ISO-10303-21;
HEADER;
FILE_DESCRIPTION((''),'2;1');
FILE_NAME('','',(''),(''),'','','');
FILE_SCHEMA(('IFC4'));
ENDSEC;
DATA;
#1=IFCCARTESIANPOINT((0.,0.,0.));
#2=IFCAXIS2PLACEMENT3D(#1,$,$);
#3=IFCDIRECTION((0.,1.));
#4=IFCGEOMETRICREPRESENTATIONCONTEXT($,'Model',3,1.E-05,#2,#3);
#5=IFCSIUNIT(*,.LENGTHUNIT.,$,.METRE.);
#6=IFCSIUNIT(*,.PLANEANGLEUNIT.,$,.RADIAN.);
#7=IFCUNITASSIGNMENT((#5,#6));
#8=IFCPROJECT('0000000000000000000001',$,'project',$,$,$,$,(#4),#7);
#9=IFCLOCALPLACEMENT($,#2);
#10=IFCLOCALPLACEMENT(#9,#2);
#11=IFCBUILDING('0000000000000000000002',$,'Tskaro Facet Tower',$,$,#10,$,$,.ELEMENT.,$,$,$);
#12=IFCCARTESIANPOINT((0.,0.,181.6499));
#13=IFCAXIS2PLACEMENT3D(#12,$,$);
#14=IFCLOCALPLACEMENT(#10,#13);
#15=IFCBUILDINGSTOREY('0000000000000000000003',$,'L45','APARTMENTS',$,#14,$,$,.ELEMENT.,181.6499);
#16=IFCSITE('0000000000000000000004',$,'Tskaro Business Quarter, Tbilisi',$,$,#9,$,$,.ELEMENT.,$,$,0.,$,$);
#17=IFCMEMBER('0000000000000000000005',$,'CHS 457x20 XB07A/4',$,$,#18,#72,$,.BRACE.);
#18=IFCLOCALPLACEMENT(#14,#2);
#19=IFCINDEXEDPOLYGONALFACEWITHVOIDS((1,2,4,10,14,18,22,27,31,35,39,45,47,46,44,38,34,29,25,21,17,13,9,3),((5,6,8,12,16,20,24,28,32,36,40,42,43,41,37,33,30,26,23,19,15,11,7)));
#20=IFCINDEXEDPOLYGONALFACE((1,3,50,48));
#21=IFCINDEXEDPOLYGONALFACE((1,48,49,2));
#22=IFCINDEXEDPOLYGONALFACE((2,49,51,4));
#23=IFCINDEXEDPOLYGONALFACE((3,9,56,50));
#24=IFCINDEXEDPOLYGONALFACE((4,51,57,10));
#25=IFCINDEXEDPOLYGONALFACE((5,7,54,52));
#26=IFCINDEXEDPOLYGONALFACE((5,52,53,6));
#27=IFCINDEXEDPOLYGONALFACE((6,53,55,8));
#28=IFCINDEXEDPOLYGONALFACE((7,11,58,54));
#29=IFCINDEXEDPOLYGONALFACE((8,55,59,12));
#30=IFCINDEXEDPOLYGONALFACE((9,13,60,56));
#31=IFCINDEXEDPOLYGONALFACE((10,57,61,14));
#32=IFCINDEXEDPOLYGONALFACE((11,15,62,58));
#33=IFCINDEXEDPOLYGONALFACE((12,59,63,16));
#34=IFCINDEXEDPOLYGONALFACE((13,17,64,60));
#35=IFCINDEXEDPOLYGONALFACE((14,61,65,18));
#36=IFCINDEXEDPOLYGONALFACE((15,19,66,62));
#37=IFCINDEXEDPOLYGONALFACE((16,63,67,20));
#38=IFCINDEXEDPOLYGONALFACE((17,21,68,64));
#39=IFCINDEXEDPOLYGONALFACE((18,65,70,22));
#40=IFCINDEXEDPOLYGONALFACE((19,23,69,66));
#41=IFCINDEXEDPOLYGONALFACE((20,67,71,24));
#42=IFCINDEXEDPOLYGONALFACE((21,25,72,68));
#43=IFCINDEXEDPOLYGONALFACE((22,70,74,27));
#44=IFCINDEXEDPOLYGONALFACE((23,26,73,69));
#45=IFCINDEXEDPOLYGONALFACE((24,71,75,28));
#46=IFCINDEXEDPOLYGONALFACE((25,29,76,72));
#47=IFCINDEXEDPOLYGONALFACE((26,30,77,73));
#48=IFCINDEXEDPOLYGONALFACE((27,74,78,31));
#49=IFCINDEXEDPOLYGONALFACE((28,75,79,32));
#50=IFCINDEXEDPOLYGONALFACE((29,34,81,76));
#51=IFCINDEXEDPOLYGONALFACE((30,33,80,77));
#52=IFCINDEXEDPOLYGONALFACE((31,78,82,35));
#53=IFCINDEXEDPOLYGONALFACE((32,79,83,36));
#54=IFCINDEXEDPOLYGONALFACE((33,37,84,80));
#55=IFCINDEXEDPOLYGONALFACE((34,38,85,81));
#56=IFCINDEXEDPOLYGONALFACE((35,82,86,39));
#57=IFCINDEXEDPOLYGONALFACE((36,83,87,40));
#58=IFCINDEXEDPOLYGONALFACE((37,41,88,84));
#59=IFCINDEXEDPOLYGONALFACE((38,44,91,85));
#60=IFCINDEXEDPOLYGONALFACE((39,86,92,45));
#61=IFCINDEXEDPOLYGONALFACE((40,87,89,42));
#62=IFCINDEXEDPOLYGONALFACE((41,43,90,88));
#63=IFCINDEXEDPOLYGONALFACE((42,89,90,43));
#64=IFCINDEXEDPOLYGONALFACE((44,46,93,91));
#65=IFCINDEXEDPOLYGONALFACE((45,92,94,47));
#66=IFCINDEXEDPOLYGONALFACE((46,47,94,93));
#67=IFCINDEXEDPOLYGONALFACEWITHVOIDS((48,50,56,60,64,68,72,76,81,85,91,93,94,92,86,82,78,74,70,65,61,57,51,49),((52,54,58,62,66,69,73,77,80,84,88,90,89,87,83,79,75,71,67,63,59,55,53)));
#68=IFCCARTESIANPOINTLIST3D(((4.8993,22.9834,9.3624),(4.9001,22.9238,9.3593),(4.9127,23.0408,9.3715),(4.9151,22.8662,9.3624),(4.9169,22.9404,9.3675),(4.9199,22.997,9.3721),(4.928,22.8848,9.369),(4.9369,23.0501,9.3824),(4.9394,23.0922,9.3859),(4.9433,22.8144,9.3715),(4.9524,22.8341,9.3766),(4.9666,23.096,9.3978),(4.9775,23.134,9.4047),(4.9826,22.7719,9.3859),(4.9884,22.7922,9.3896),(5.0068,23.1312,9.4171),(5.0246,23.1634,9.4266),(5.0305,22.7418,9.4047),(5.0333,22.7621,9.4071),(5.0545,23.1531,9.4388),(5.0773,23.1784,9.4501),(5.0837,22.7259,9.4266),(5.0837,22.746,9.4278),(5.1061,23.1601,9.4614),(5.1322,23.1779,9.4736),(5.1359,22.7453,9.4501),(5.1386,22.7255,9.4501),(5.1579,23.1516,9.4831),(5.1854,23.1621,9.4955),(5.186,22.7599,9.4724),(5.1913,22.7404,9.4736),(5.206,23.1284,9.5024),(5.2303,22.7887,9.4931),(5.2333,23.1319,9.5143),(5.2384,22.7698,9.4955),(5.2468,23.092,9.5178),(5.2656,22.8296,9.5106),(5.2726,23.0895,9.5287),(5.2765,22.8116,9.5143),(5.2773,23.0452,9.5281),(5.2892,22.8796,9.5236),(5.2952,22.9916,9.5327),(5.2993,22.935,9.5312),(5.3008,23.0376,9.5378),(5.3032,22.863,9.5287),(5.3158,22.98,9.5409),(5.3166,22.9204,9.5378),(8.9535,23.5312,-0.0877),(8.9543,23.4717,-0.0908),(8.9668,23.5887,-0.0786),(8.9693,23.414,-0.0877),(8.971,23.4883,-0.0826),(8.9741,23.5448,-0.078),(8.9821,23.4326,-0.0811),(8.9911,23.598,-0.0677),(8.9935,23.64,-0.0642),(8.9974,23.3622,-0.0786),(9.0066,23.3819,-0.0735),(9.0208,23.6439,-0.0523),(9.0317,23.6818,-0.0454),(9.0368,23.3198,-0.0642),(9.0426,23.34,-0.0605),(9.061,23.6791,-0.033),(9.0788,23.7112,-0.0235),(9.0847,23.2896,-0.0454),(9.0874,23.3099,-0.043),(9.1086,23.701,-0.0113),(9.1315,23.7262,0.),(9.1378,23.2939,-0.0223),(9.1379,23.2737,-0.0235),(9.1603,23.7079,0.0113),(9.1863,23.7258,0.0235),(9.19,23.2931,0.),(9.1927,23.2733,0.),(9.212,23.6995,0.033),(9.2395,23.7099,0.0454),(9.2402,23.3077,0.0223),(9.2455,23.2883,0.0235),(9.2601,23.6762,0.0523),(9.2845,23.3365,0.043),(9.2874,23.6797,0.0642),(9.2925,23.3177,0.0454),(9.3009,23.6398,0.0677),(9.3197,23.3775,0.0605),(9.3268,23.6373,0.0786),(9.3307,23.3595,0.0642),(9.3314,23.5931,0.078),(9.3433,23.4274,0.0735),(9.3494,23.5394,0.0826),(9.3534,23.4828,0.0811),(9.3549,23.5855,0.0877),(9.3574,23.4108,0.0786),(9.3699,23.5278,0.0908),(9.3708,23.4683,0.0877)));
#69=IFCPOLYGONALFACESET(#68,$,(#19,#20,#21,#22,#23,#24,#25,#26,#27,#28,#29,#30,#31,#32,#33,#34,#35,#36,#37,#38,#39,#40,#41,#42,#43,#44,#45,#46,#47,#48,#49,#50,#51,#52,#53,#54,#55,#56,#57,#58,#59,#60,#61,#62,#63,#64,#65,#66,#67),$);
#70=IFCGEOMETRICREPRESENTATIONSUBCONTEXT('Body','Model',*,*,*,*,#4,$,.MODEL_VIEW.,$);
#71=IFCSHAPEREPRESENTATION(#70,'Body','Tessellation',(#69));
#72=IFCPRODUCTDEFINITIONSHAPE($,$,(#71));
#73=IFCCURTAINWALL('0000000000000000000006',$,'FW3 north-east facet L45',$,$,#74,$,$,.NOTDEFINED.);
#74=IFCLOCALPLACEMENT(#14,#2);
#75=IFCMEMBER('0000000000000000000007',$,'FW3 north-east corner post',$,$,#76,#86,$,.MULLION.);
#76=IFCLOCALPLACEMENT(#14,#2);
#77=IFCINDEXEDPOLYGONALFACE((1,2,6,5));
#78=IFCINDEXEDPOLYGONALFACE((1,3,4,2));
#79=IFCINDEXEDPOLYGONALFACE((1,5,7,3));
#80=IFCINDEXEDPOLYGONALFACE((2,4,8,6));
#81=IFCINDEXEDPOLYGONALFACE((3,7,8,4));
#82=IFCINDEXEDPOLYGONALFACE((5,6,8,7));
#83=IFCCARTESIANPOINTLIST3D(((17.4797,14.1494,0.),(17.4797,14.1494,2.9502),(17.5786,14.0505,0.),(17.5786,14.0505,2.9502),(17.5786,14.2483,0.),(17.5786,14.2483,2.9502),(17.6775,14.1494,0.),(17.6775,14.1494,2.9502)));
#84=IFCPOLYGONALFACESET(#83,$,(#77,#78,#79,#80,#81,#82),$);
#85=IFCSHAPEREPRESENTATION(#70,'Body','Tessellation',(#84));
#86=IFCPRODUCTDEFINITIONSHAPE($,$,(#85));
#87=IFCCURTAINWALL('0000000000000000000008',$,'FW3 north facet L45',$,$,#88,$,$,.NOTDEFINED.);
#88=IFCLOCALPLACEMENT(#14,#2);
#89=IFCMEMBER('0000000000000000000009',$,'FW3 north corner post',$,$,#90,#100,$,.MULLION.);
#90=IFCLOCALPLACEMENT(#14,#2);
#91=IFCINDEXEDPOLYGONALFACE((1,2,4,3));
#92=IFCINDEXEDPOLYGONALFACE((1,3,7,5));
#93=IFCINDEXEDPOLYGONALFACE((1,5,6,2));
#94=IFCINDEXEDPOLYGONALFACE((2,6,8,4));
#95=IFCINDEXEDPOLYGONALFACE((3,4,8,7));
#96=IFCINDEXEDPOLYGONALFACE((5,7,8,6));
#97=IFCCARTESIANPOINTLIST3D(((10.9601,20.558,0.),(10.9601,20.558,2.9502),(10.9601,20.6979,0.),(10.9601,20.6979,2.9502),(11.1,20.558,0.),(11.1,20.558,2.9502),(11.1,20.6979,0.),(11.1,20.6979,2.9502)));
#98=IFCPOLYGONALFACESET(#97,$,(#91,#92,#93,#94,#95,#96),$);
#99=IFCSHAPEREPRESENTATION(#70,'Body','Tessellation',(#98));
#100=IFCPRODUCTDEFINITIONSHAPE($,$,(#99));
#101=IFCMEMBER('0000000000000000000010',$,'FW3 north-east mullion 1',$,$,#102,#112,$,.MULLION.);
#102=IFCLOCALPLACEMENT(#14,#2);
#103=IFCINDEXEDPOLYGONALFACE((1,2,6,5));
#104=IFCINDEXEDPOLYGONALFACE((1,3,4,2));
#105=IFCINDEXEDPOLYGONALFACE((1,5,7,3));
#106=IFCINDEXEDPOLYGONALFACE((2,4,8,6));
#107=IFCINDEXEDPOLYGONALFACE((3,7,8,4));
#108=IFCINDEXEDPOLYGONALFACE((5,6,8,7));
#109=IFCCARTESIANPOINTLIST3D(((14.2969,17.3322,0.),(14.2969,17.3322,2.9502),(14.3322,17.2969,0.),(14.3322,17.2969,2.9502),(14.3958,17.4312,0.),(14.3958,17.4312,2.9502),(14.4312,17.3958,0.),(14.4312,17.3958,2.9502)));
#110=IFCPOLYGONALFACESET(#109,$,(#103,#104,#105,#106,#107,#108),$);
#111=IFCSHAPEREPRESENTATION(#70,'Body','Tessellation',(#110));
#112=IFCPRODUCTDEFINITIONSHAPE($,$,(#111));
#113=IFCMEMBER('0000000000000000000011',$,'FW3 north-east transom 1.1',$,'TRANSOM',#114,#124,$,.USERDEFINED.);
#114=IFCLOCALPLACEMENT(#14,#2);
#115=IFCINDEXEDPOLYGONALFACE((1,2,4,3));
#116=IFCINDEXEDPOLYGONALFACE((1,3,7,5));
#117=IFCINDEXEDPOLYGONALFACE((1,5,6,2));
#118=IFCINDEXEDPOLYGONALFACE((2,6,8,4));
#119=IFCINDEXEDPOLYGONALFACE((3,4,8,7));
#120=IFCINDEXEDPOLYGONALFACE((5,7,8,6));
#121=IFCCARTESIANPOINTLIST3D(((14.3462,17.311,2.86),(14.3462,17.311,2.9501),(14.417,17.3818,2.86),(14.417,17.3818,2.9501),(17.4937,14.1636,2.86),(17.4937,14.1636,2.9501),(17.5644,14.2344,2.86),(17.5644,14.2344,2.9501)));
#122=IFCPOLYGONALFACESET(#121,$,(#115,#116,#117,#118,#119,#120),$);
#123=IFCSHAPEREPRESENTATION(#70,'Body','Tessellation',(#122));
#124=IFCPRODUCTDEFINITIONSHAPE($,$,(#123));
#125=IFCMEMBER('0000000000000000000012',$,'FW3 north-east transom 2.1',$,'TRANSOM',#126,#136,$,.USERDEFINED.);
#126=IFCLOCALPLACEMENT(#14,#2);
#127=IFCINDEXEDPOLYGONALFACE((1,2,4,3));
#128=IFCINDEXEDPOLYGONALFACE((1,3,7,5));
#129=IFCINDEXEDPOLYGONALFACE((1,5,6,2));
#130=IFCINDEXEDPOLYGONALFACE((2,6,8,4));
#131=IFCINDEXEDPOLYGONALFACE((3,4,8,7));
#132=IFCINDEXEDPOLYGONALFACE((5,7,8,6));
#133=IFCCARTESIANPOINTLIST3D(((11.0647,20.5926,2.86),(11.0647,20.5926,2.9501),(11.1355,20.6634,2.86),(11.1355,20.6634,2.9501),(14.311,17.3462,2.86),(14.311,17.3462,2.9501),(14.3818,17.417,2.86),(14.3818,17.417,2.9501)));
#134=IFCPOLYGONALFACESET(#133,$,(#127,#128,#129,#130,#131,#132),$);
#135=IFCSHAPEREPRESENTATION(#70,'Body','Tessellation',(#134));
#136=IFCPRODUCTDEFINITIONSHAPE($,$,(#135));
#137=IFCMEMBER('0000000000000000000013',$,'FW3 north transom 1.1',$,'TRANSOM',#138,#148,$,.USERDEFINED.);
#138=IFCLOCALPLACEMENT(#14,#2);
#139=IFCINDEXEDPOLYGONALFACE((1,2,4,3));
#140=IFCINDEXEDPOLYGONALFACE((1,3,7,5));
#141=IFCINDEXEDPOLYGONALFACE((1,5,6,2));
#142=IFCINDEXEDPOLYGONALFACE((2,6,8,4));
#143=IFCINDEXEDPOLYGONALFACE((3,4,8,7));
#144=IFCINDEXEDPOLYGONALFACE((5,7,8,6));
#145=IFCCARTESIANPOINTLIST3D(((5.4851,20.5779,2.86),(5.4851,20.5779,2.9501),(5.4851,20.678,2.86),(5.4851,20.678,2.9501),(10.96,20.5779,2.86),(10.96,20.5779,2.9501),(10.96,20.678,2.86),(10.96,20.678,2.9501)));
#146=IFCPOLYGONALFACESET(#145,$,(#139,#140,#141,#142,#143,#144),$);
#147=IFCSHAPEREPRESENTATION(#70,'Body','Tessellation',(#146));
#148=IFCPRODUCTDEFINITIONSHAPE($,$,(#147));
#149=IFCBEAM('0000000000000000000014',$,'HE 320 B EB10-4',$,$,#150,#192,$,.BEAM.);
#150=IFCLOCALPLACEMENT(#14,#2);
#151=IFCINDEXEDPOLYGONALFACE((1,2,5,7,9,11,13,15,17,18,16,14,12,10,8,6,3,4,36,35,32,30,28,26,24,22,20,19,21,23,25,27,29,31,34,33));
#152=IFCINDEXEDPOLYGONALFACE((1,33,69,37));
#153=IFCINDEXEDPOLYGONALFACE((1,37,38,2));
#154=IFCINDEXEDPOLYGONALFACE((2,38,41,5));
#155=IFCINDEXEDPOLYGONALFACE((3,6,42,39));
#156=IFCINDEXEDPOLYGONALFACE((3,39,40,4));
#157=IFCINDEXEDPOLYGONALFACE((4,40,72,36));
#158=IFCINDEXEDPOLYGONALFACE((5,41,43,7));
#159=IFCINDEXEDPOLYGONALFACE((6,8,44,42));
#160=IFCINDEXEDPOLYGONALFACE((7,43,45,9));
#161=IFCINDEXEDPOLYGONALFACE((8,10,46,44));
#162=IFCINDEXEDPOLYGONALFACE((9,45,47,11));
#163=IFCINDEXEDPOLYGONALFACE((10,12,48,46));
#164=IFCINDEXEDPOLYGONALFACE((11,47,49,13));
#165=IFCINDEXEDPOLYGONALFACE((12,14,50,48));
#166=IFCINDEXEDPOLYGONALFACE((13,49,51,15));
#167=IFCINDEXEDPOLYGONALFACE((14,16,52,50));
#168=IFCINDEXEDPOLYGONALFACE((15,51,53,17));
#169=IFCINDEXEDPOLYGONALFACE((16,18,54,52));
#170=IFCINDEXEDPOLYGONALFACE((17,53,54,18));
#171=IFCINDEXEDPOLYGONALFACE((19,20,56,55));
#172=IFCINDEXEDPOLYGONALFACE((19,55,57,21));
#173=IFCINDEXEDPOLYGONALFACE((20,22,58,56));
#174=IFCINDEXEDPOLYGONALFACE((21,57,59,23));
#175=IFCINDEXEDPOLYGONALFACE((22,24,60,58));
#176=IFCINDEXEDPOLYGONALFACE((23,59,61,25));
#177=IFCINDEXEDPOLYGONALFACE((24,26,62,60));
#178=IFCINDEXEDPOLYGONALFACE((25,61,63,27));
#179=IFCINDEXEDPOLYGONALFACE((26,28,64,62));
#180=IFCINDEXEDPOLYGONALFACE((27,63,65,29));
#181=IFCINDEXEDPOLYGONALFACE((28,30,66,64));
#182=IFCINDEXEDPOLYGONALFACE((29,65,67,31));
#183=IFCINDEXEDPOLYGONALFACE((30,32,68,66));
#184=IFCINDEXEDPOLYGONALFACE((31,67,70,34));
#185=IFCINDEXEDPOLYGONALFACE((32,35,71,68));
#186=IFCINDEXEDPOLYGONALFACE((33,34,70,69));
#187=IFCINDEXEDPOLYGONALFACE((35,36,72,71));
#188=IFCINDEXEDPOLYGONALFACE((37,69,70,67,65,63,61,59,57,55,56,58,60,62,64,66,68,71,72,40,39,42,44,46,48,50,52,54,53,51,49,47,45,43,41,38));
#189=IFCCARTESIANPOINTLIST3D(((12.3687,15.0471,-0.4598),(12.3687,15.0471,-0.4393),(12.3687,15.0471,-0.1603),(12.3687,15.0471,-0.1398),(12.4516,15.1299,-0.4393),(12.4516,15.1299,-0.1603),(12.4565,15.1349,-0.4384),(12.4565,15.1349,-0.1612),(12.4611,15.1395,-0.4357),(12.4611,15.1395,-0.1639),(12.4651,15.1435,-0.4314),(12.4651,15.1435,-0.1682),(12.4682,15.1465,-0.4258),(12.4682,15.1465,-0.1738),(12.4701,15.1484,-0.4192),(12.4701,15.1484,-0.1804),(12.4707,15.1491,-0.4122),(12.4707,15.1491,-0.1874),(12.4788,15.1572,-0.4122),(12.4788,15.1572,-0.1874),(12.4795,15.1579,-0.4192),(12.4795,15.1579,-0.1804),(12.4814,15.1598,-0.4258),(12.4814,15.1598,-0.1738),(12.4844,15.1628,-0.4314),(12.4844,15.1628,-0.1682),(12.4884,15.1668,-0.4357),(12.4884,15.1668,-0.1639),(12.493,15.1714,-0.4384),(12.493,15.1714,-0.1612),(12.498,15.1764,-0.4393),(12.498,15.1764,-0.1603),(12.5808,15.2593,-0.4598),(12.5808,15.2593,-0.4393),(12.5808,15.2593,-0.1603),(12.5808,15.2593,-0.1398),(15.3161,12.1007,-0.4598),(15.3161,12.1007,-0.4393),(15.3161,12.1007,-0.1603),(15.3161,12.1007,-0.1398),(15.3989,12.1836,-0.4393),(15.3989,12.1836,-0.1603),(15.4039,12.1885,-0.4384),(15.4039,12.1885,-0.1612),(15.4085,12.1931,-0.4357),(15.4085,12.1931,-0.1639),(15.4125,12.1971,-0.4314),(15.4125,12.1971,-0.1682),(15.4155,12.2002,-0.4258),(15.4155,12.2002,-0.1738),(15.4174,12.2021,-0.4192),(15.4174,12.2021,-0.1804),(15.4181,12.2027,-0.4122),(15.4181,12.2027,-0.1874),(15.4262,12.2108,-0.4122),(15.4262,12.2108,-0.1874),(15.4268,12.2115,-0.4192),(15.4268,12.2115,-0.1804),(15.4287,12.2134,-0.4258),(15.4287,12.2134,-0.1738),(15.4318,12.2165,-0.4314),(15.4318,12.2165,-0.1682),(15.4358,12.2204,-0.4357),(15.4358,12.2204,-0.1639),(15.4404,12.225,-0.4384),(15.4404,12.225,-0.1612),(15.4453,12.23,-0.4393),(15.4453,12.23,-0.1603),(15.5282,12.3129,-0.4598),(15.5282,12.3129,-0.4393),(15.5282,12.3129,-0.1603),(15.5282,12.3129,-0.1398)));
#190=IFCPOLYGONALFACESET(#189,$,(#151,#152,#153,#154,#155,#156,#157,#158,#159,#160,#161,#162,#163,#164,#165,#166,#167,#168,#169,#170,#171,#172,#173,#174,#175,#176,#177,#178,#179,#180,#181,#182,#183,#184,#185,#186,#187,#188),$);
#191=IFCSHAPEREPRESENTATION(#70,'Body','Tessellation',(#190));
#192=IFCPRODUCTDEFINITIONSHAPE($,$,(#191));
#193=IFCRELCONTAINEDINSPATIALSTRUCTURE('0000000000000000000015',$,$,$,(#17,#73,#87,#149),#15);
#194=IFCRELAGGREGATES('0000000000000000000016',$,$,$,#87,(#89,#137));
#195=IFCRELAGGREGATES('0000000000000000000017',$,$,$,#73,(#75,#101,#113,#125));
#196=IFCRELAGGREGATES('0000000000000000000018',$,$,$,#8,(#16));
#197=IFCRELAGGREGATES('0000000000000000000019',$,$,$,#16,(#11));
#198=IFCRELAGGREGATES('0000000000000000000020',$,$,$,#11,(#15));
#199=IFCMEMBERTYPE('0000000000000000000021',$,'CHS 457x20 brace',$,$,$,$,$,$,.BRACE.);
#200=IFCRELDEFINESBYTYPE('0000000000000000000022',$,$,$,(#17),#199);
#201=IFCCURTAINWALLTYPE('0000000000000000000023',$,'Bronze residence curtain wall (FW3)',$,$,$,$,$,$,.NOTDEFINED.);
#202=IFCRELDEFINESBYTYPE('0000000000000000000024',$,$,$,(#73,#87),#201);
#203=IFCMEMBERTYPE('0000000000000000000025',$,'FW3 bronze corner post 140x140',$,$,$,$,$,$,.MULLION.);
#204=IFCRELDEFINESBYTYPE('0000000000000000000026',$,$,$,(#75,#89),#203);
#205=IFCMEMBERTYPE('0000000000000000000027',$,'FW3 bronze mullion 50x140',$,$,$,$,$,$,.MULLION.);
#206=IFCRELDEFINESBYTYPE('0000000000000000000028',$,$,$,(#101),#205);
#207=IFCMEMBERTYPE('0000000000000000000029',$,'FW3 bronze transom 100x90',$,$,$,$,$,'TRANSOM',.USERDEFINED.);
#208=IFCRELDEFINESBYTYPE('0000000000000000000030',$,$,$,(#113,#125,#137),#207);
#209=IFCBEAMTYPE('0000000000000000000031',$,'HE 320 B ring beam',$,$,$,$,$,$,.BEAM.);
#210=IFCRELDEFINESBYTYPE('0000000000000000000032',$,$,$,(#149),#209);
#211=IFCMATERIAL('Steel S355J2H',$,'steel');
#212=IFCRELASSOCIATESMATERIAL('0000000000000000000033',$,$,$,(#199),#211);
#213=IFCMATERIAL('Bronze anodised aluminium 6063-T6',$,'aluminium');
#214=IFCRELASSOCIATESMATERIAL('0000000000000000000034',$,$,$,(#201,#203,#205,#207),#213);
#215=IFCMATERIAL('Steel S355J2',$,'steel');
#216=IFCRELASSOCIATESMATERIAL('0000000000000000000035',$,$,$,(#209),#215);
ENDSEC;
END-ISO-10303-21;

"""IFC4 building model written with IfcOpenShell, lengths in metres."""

from ifc_helpers import new_model, si_unit, direction, frame, origin, origin_2d, place, context, subcontext, project, spatial, rectangle, hollow_circle, i_section, extrude, material, material_profile, profile_set, type_object, element, aggregate, save


model = new_model("IFC4")

# Units and contexts
model_context = context("Model", 3, precision=1e-05, world=origin(), true_north=direction((0.0, 1.0)))
body_context = subcontext(model_context, "Body", "Model", "MODEL_VIEW")
ifc_project = project(units=[si_unit("LENGTHUNIT", "METRE"), si_unit("PLANEANGLEUNIT", "RADIAN")], contexts=[model_context])

# Site, building, storey
site_placement = place(None, origin())
site = spatial("IfcSite", under=ifc_project, at=site_placement, Name="Tskaro Business Quarter, Tbilisi", CompositionType="ELEMENT", RefElevation=0.0)
building_placement = place(site_placement, origin())
building = spatial("IfcBuilding", under=site, at=building_placement, Name="Tskaro Facet Tower", CompositionType="ELEMENT")
storey_placement = place(building_placement, frame((0.0, 0.0, 181.6499)))
storey = spatial("IfcBuildingStorey", under=building, at=storey_placement, Name="L45", Description="APARTMENTS", CompositionType="ELEMENT", Elevation=181.6499)

# Shared definitions
ifc_material_1 = material(Name="Steel S355J2H", Category="steel")

# Member
ifc_material_profile_1 = material_profile(ifc_material_1, hollow_circle(Radius=0.2285, WallThickness=0.02, at=origin_2d()), Name="CHS 457x20")
ifc_profile_set_1 = profile_set([ifc_material_profile_1], Name="Steel S355J2H")
member_type_1 = type_object("IfcMemberType", Name="CHS 457x20 brace", PredefinedType="BRACE", material=ifc_profile_set_1)
member_1_placement = place(storey_placement, frame((9.1621, 23.4998, 0.0), z_axis=(-0.393699, -0.053201, 0.917699), x_axis=(0.133915, -0.990993, 0.0)))
element("IfcMember", 1, at=member_1_placement, inside=storey, type_object=member_type_1, Name="CHS 457x20 XB07A/4", PredefinedType="BRACE", context=body_context, shape_type="SweptSolid", body=[
    extrude(hollow_circle(Radius=0.2285, WallThickness=0.02, at=origin_2d()), origin(), (0.0, 0.0, 1.0), 10.2976),
])

# Curtain walls, members
ifc_material_2 = material(Name="Bronze anodised aluminium 6063-T6", Category="aluminium")
curtain_wall_type = type_object("IfcCurtainWallType", Name="Bronze residence curtain wall (FW3)", PredefinedType="NOTDEFINED", material=ifc_material_2)
curtain_wall_1_placement = place(storey_placement, origin())
curtain_wall_1 = element("IfcCurtainWall", 2, at=curtain_wall_1_placement, inside=storey, type_object=curtain_wall_type, Name="FW3 north-east facet L45", PredefinedType="NOTDEFINED")
ifc_material_profile_2 = material_profile(ifc_material_2, rectangle(XDim=0.1399, YDim=0.1399, at=origin_2d()), Name="Corner post 140x140")
ifc_profile_set_2 = profile_set([ifc_material_profile_2], Name="Bronze anodised aluminium 6063-T6")
member_type_2 = type_object("IfcMemberType", Name="FW3 bronze corner post 140x140", PredefinedType="MULLION", material=ifc_profile_set_2)
member_2_placement = place(storey_placement, frame((17.5786, 14.1494, 0.0), z_axis=(0.0, 0.0, 1.0), x_axis=(-0.707107, 0.707107, 0.0)))
member_2 = element("IfcMember", 3, at=member_2_placement, type_object=member_type_2, Name="FW3 north-east corner post", PredefinedType="MULLION", context=body_context, shape_type="SweptSolid", body=[
    extrude(rectangle(XDim=0.1399, YDim=0.1399, at=origin_2d()), origin(), (0.0, 0.0, 1.0), 2.9502),
])
curtain_wall_2_placement = place(storey_placement, origin())
curtain_wall_2 = element("IfcCurtainWall", 4, at=curtain_wall_2_placement, inside=storey, type_object=curtain_wall_type, Name="FW3 north facet L45", PredefinedType="NOTDEFINED")
member_3_placement = place(storey_placement, frame((11.03, 20.6279, 0.0), z_axis=(0.0, 0.0, 1.0), x_axis=(-1.0, 0.0, 0.0)))
member_3 = element("IfcMember", 5, at=member_3_placement, type_object=member_type_2, Name="FW3 north corner post", PredefinedType="MULLION", context=body_context, shape_type="SweptSolid", body=[
    extrude(rectangle(XDim=0.1399, YDim=0.1399, at=origin_2d()), origin(), (0.0, 0.0, 1.0), 2.9502),
])

# Members
ifc_material_profile_3 = material_profile(ifc_material_2, rectangle(XDim=0.05, YDim=0.1399, at=origin_2d()), Name="Mullion 50x140")
ifc_profile_set_3 = profile_set([ifc_material_profile_3], Name="Bronze anodised aluminium 6063-T6")
member_type_3 = type_object("IfcMemberType", Name="FW3 bronze mullion 50x140", PredefinedType="MULLION", material=ifc_profile_set_3)
member_4_placement = place(storey_placement, frame((14.364, 17.364, 0.0), z_axis=(0.0, 0.0, 1.0), x_axis=(-0.707107, 0.707107, 0.0)))
member_4 = element("IfcMember", 6, at=member_4_placement, type_object=member_type_3, Name="FW3 north-east mullion 1", PredefinedType="MULLION", context=body_context, shape_type="SweptSolid", body=[
    extrude(rectangle(XDim=0.05, YDim=0.1399, at=origin_2d()), origin(), (0.0, 0.0, 1.0), 2.9502),
])
ifc_material_profile_4 = material_profile(ifc_material_2, rectangle(XDim=0.1001, YDim=0.0901, at=origin_2d()), Name="Transom 100x90")
ifc_profile_set_4 = profile_set([ifc_material_profile_4], Name="Bronze anodised aluminium 6063-T6")
member_type_4 = type_object("IfcMemberType", Name="FW3 bronze transom 100x90", ElementType="TRANSOM", PredefinedType="USERDEFINED", material=ifc_profile_set_4)
member_5_placement = place(storey_placement, frame((17.5291, 14.199, 2.905), z_axis=(-0.707107, 0.707107, 0.0), x_axis=(-0.707107, -0.707107, 0.0)))
member_5 = element("IfcMember", 7, at=member_5_placement, type_object=member_type_4, Name="FW3 north-east transom 1.1", ObjectType="TRANSOM", PredefinedType="USERDEFINED", context=body_context, shape_type="SweptSolid", body=[
    extrude(rectangle(XDim=0.1001, YDim=0.0901, at=origin_2d()), origin(), (0.0, 0.0, 1.0), 4.4512),
])
member_6_placement = place(storey_placement, frame((14.3464, 17.3816, 2.905), z_axis=(-0.707107, 0.707107, 0.0), x_axis=(-0.707107, -0.707107, 0.0)))
member_6 = element("IfcMember", 8, at=member_6_placement, type_object=member_type_4, Name="FW3 north-east transom 2.1", ObjectType="TRANSOM", PredefinedType="USERDEFINED", context=body_context, shape_type="SweptSolid", body=[
    extrude(rectangle(XDim=0.1001, YDim=0.0901, at=origin_2d()), origin(), (0.0, 0.0, 1.0), 4.5911),
])
member_7_placement = place(storey_placement, frame((10.96, 20.6279, 2.905), z_axis=(-1.0, 0.0, 0.0), x_axis=(0.0, -1.0, 0.0)))
member_7 = element("IfcMember", 9, at=member_7_placement, type_object=member_type_4, Name="FW3 north transom 1.1", ObjectType="TRANSOM", PredefinedType="USERDEFINED", context=body_context, shape_type="SweptSolid", body=[
    extrude(rectangle(XDim=0.1001, YDim=0.0901, at=origin_2d()), origin(), (0.0, 0.0, 1.0), 5.4749),
])
aggregate(curtain_wall_2, [member_3, member_7])

# Beam
ifc_material_3 = material(Name="Steel S355J2", Category="steel")
ifc_material_profile_5 = material_profile(ifc_material_3, i_section(OverallWidth=0.3, OverallDepth=0.3201, WebThickness=0.0115, FlangeThickness=0.0205, FilletRadius=0.0271, at=origin_2d()), Name="HE 320 B")
ifc_profile_set_5 = profile_set([ifc_material_profile_5], Name="Steel S355J2")
beam_type_1 = type_object("IfcBeamType", Name="HE 320 B ring beam", PredefinedType="BEAM", material=ifc_profile_set_5)
for number, where, z_axis, x_axis, name in (
    (10, (15.4221, 12.2068, -0.2998), (-0.707224, 0.70699, 0.0), (-0.70699, -0.707224, 0.0), "HE 320 B EB10-4"),
):
    element("IfcBeam", number, at=place(storey_placement, frame(where, z_axis=z_axis, x_axis=x_axis)), inside=storey, type_object=beam_type_1, Name=name, PredefinedType="BEAM", context=body_context, shape_type="SweptSolid", body=[
        extrude(i_section(OverallWidth=0.3, OverallDepth=0.3201, WebThickness=0.0115, FlangeThickness=0.0205, FilletRadius=0.0271, at=origin_2d()), origin(), (0.0, 0.0, 1.0), 4.1675),
    ])

aggregate(curtain_wall_1, [member_2, member_4, member_5, member_6])

save(model, "model.ifc")
